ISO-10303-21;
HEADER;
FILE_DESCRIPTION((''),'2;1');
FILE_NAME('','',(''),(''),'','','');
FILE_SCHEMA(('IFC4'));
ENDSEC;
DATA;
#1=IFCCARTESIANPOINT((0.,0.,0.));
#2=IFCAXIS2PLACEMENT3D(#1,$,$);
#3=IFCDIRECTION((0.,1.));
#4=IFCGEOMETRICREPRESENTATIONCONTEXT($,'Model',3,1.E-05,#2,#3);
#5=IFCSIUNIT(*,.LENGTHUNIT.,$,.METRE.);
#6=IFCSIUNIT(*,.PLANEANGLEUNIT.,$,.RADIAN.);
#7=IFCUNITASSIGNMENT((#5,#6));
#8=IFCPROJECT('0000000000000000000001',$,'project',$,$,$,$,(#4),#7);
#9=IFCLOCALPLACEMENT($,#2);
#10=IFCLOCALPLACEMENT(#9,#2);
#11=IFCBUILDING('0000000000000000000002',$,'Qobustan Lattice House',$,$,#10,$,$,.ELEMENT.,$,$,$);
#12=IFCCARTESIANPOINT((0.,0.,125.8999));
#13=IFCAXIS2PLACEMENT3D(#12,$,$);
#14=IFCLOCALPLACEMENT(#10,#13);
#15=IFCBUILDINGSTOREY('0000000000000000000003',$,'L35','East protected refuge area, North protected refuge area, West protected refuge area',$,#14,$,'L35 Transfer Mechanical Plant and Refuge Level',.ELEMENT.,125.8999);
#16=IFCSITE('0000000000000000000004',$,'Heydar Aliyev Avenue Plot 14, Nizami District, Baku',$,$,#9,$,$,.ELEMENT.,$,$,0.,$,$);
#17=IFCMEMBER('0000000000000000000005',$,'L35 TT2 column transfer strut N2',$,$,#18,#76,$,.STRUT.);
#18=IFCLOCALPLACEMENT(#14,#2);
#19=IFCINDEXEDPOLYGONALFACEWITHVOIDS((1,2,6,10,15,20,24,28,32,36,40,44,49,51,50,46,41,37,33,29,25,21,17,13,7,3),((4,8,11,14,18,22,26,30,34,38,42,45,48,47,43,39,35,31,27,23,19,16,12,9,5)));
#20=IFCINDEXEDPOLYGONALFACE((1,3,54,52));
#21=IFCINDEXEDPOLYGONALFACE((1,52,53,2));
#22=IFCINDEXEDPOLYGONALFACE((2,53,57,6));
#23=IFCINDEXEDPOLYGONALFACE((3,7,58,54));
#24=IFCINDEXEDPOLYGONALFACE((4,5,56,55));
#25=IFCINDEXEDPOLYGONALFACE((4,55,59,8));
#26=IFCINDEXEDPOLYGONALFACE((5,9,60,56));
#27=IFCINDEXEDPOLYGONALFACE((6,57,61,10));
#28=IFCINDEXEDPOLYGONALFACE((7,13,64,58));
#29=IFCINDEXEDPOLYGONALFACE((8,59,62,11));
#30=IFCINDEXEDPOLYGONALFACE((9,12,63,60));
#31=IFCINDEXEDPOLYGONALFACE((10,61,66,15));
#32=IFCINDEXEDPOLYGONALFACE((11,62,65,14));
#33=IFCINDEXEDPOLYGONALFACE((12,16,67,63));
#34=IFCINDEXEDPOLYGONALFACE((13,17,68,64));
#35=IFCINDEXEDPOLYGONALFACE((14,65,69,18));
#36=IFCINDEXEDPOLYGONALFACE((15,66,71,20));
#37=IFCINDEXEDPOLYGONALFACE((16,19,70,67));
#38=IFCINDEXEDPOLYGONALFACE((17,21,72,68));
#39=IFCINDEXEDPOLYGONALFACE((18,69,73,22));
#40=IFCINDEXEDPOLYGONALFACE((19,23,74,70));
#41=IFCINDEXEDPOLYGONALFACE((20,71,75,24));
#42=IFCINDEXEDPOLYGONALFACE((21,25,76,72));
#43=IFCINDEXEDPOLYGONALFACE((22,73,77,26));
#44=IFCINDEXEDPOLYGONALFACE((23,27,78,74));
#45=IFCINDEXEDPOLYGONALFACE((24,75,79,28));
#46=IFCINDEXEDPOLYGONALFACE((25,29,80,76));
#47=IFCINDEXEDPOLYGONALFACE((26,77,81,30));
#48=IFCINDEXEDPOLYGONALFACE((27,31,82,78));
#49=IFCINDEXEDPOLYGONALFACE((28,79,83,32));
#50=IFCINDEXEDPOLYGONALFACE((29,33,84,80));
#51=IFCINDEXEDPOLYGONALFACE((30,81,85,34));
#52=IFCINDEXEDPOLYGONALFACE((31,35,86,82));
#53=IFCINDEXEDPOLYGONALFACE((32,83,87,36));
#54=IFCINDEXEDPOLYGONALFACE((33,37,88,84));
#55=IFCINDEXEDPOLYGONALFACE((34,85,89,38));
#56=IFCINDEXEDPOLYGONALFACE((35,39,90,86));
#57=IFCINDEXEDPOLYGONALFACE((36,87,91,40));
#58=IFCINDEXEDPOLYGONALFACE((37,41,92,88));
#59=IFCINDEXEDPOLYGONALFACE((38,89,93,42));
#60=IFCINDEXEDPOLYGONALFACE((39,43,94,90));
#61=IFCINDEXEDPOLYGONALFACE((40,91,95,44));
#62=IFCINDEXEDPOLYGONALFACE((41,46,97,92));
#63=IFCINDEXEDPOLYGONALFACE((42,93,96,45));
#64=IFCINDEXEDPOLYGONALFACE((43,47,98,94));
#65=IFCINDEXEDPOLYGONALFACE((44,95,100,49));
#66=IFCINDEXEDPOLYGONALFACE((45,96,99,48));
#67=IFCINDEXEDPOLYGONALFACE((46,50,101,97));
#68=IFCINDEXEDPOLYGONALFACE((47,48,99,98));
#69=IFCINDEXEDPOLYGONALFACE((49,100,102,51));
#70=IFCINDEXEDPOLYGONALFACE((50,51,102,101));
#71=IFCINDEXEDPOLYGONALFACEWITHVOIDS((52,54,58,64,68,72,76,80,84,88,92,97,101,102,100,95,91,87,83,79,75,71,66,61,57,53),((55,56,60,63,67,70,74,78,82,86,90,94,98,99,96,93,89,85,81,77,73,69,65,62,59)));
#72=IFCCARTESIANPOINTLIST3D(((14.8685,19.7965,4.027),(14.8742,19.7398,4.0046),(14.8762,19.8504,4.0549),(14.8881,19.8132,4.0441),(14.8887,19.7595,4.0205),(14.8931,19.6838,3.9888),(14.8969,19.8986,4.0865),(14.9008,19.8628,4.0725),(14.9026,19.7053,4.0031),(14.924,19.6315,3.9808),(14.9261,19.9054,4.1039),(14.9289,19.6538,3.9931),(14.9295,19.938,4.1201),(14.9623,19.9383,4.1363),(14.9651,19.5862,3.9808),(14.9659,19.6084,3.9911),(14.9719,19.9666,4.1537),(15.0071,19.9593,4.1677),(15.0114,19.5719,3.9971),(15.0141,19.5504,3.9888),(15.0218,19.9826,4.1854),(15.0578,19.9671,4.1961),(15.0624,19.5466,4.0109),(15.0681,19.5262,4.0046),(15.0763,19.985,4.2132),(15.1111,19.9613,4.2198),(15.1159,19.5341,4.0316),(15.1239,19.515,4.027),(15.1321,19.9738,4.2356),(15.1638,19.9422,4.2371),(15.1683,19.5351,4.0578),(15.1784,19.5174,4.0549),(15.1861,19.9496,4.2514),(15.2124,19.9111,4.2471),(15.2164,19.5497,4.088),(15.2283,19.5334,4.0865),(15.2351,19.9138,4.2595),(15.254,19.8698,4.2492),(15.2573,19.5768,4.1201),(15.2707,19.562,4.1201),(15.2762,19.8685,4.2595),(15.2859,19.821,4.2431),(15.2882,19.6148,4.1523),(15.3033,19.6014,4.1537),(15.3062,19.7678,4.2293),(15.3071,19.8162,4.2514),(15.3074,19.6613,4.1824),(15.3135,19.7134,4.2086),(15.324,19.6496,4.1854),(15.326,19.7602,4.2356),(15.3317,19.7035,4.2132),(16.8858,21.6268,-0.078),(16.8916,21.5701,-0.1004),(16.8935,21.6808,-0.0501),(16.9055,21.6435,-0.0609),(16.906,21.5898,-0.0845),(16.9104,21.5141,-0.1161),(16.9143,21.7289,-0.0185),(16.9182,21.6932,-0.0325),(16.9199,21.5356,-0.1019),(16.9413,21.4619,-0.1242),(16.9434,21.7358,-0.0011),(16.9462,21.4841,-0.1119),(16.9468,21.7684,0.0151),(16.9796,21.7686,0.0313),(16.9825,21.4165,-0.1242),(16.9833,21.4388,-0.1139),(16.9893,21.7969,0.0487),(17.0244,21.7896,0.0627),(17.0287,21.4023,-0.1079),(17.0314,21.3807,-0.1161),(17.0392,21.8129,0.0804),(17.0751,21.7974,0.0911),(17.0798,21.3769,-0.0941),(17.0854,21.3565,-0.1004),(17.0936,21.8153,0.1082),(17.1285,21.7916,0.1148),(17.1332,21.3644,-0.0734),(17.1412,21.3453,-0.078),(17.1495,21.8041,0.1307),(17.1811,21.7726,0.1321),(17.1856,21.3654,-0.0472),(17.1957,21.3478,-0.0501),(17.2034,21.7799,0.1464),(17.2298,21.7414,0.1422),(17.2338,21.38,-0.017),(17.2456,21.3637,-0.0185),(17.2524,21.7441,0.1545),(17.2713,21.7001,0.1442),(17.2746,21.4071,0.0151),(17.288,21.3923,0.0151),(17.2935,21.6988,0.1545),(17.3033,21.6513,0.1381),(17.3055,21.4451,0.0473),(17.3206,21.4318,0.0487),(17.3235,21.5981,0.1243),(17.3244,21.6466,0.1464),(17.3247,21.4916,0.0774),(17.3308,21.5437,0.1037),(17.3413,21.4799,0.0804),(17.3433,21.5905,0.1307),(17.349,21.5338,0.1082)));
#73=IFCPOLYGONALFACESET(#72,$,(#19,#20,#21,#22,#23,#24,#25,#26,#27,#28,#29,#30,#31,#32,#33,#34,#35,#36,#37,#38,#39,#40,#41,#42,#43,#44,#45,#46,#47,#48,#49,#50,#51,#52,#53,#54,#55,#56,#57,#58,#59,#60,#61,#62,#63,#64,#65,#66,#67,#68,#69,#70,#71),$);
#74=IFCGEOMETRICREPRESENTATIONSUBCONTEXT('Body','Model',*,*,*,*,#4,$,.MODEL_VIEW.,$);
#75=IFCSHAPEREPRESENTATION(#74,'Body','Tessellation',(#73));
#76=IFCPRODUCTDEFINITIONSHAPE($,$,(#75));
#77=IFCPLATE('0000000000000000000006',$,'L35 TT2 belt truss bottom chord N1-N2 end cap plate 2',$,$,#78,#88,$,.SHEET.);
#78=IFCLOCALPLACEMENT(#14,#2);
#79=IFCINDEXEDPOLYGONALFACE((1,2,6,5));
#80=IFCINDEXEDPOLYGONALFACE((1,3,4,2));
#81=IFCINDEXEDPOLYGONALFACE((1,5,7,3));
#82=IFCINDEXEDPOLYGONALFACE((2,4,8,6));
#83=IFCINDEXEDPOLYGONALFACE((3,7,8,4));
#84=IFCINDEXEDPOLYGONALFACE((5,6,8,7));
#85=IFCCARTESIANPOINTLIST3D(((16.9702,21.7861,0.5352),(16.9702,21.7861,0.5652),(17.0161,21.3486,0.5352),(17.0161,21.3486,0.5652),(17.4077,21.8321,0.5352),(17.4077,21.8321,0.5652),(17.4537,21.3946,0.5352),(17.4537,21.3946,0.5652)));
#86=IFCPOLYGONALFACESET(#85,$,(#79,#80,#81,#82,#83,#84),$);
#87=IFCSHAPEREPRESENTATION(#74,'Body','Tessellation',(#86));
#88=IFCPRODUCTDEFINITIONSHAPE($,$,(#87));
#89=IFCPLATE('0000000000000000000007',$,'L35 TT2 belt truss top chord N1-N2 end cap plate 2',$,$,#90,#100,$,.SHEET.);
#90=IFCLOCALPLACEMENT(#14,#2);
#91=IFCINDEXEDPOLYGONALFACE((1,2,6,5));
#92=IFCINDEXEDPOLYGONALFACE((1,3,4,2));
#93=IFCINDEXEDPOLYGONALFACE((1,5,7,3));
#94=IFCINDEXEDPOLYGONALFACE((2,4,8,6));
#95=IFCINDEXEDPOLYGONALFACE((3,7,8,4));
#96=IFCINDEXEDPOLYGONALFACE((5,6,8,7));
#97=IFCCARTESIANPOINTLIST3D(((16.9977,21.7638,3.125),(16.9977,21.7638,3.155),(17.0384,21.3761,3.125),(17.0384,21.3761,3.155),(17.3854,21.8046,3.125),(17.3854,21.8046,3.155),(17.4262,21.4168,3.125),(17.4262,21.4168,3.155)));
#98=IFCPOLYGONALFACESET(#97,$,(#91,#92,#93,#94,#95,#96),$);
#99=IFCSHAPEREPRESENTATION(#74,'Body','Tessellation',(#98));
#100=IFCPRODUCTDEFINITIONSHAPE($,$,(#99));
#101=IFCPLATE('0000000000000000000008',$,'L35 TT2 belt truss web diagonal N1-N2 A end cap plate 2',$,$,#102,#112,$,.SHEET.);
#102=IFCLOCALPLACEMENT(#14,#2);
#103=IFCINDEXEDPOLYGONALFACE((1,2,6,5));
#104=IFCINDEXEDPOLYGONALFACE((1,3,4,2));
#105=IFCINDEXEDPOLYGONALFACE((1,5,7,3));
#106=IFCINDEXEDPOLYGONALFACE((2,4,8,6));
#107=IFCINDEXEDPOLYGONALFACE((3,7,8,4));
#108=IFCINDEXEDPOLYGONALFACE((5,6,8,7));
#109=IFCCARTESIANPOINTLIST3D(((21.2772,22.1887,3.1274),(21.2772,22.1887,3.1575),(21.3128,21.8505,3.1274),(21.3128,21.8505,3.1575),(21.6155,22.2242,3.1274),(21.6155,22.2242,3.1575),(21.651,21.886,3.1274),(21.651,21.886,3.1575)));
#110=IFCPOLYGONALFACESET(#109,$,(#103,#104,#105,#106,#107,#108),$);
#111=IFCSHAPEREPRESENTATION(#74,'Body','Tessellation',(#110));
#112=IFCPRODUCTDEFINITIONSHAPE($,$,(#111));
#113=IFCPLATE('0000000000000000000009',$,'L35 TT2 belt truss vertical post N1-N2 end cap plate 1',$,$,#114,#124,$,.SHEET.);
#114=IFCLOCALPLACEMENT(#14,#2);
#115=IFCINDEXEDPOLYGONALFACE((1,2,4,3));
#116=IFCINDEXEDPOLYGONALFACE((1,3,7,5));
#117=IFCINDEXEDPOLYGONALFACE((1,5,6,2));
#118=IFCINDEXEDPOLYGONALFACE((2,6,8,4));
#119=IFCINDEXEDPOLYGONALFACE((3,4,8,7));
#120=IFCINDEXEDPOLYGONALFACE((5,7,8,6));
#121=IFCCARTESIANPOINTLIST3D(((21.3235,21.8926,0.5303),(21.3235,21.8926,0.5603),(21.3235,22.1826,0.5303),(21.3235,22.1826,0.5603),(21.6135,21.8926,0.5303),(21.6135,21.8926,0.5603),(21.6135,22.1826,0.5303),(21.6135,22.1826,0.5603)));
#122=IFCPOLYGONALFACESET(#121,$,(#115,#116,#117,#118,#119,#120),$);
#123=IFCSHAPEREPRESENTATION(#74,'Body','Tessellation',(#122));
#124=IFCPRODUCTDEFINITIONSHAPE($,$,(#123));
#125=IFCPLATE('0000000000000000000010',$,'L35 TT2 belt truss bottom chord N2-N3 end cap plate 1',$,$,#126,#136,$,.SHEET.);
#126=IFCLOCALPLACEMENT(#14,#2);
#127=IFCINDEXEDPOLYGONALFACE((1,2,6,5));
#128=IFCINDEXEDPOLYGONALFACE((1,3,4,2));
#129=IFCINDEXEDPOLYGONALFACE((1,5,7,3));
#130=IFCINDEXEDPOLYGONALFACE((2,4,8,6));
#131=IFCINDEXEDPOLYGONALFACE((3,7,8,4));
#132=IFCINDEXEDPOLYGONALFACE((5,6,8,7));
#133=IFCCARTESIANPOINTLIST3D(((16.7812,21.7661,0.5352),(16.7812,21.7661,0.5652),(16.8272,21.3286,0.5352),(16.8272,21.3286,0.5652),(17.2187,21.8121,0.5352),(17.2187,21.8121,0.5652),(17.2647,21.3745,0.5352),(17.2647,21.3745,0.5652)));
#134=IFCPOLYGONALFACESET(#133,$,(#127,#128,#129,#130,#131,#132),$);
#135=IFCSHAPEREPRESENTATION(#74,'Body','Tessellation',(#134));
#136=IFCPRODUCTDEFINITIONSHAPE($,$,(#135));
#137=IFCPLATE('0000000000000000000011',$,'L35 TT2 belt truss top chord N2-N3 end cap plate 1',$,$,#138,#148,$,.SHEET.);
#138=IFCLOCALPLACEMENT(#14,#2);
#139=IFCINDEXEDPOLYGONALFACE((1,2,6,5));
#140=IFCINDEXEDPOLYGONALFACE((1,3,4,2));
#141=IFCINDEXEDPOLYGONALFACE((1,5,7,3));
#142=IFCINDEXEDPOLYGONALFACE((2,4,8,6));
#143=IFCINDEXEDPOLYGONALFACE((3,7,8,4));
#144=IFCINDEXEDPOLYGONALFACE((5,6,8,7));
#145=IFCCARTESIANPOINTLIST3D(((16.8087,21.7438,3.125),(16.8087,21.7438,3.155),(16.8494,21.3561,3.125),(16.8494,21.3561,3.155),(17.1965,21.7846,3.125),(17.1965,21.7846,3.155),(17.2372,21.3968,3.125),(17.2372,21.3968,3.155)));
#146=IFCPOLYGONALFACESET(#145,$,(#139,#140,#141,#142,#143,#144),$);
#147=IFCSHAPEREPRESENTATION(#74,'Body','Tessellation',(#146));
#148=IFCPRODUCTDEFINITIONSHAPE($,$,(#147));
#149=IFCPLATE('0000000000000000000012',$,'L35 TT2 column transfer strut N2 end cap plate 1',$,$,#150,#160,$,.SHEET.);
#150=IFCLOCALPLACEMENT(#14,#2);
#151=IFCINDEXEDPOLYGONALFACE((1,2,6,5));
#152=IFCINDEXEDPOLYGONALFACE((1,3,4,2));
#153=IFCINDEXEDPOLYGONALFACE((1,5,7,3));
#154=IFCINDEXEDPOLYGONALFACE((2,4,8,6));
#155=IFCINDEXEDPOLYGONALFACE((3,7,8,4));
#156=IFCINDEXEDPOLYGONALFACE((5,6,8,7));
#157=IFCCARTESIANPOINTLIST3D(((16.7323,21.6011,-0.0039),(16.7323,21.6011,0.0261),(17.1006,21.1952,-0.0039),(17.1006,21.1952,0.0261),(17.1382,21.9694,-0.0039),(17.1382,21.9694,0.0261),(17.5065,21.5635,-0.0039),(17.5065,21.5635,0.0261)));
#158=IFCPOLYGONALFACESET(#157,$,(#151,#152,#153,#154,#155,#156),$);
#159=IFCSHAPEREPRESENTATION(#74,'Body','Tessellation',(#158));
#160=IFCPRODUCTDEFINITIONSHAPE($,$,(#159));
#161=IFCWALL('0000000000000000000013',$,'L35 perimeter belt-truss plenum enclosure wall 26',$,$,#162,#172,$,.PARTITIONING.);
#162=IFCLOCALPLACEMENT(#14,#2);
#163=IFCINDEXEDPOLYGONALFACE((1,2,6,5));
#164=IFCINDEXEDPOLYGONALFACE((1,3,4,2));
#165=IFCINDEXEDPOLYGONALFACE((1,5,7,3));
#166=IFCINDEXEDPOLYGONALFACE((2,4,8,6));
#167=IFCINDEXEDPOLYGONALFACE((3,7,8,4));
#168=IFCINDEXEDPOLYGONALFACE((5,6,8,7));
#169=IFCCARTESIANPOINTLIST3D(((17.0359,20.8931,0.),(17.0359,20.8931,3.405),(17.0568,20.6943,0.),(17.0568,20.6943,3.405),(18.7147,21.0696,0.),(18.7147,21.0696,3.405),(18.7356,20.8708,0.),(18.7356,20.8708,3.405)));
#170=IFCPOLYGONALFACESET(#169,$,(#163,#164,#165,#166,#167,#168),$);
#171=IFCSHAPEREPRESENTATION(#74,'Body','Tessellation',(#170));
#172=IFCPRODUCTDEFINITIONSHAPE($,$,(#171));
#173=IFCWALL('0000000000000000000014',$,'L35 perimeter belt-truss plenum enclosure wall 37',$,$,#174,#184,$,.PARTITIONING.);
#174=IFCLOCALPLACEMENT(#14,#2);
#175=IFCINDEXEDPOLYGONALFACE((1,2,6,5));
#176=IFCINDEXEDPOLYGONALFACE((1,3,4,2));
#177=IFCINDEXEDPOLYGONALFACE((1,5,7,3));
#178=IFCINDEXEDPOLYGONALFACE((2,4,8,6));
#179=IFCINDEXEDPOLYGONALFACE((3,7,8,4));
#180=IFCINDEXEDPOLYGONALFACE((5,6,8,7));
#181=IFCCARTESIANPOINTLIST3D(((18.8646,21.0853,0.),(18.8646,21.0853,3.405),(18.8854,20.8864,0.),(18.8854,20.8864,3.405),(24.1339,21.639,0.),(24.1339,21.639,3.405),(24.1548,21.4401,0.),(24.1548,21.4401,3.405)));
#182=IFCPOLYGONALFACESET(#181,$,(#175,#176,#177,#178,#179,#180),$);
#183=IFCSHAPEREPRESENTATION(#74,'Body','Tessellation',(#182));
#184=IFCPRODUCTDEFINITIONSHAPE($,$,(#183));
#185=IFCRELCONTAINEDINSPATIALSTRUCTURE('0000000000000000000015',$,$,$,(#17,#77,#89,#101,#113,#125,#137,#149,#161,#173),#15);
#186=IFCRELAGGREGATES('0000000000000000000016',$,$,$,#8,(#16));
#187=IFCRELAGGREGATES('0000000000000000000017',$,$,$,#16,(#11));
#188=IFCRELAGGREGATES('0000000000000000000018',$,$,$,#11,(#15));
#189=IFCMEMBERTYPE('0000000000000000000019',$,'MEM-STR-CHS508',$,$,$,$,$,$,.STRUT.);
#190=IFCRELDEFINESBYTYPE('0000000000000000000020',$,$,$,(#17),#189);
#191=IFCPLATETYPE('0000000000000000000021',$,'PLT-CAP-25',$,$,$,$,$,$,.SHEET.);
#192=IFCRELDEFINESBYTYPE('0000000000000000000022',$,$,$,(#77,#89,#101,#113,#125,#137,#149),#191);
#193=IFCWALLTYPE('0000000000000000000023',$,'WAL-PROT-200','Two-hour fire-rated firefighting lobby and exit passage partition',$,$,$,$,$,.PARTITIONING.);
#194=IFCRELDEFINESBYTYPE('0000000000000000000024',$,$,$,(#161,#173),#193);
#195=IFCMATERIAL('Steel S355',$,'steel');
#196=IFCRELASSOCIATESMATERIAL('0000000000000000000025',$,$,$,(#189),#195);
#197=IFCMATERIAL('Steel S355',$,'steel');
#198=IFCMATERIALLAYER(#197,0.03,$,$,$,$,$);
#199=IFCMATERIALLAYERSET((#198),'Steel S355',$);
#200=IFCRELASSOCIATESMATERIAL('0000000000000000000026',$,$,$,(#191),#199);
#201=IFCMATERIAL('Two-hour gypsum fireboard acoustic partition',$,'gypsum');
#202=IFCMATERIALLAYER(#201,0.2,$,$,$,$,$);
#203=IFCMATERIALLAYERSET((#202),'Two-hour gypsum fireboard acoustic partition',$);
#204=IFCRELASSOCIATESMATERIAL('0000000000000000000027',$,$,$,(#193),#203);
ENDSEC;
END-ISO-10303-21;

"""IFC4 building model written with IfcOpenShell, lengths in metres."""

from ifc_helpers import new_model, si_unit, direction, frame, frame_2d, origin, origin_2d, place, context, subcontext, project, spatial, rectangle, hollow_circle, extrude, material, layer, layer_set, material_profile, profile_set, type_object, element, save


model = new_model("IFC4")

# Units and contexts
model_context = context("Model", 3, precision=1e-05, world=origin(), true_north=direction((0.0, 1.0)))
body_context = subcontext(model_context, "Body", "Model", "MODEL_VIEW")
ifc_project = project(units=[si_unit("LENGTHUNIT", "METRE"), si_unit("PLANEANGLEUNIT", "RADIAN")], contexts=[model_context])

# Site, building, storey
site_placement = place(None, origin())
site = spatial("IfcSite", under=ifc_project, at=site_placement, Name="Heydar Aliyev Avenue Plot 14, Nizami District, Baku", CompositionType="ELEMENT", RefElevation=0.0)
building_placement = place(site_placement, origin())
building = spatial("IfcBuilding", under=site, at=building_placement, Name="Qobustan Lattice House", CompositionType="ELEMENT")
storey_placement = place(building_placement, frame((0.0, 0.0, 125.8999)))
storey = spatial("IfcBuildingStorey", under=building, at=storey_placement, Name="L35", Description="East protected refuge area, North protected refuge area, West protected refuge area", LongName="L35 Transfer Mechanical Plant and Refuge Level", CompositionType="ELEMENT", Elevation=125.8999)

# Member
ifc_material_1 = material(Name="Steel S355", Category="steel")
ifc_material_profile_1 = material_profile(ifc_material_1, hollow_circle(Radius=0.2539, WallThickness=0.02, at=origin_2d()), Name="CHS508x20")
ifc_profile_set_1 = profile_set([ifc_material_profile_1], Name="Steel S355")
member_type_1 = type_object("IfcMemberType", Name="MEM-STR-CHS508", PredefinedType="STRUT", material=ifc_profile_set_1)
member_1_placement = place(storey_placement, frame((17.1174, 21.5803, 0.0151), z_axis=(-0.409485, -0.371525, 0.833242), x_axis=(0.671945, -0.740601, 0.0)))
element("IfcMember", 1, at=member_1_placement, inside=storey, type_object=member_type_1, Name="L35 TT2 column transfer strut N2", PredefinedType="STRUT", context=body_context, shape_type="SweptSolid", body=[
    extrude(hollow_circle(Radius=0.2539, WallThickness=0.02, at=origin_2d()), origin(), (0.0, 0.0, 1.0), 4.9265),
])

# Plates
ifc_material_2 = material(Name="Steel S355", Category="steel")
ifc_layer_1 = layer(ifc_material_2, 0.03)
ifc_layer_set_1 = layer_set([ifc_layer_1], Name="Steel S355")
plate_type = type_object("IfcPlateType", Name="PLT-CAP-25", PredefinedType="SHEET", material=ifc_layer_set_1)
plate_1_placement = place(storey_placement, frame((17.2119, 21.5903, 0.5352), z_axis=(0.0, 0.0, 1.0), x_axis=(-0.994524, -0.104511, 0.0)))
element("IfcPlate", 2, at=plate_1_placement, inside=storey, type_object=plate_type, Name="L35 TT2 belt truss bottom chord N1-N2 end cap plate 2", PredefinedType="SHEET", context=body_context, shape_type="SweptSolid", body=[
    extrude(rectangle(XDim=0.4399, YDim=0.4399, at=origin_2d()), origin(), (0.0, 0.0, 1.0), 0.03),
])
plate_2_placement = place(storey_placement, frame((17.2119, 21.5903, 3.125), z_axis=(0.0, 0.0, 1.0), x_axis=(-0.994524, -0.104511, 0.0)))
element("IfcPlate", 3, at=plate_2_placement, inside=storey, type_object=plate_type, Name="L35 TT2 belt truss top chord N1-N2 end cap plate 2", PredefinedType="SHEET", context=body_context, shape_type="SweptSolid", body=[
    extrude(rectangle(XDim=0.3899, YDim=0.3899, at=origin_2d()), origin(), (0.0, 0.0, 1.0), 0.03),
])
plate_3_placement = place(storey_placement, frame((21.4641, 22.0374, 3.1274), z_axis=(0.0, 0.0, 1.0), x_axis=(-0.994524, -0.104511, 0.0)))
element("IfcPlate", 4, at=plate_3_placement, inside=storey, type_object=plate_type, Name="L35 TT2 belt truss web diagonal N1-N2 A end cap plate 2", PredefinedType="SHEET", context=body_context, shape_type="SweptSolid", body=[
    extrude(rectangle(XDim=0.3401, YDim=0.3401, at=origin_2d()), origin(), (0.0, 0.0, 1.0), 0.03),
])
plate_4_placement = place(storey_placement, frame((21.4685, 22.0376, 0.5303), z_axis=(0.0, 0.0, 1.0), x_axis=(1.0, 0.0, 0.0)))
element("IfcPlate", 5, at=plate_4_placement, inside=storey, type_object=plate_type, Name="L35 TT2 belt truss vertical post N1-N2 end cap plate 1", PredefinedType="SHEET", context=body_context, shape_type="SweptSolid", body=[
    extrude(rectangle(XDim=0.29, YDim=0.29, at=origin_2d()), origin(), (0.0, 0.0, 1.0), 0.03),
])
plate_5_placement = place(storey_placement, frame((17.0229, 21.5703, 0.5352), z_axis=(0.0, 0.0, 1.0), x_axis=(-0.994522, -0.104528, 0.0)))
element("IfcPlate", 6, at=plate_5_placement, inside=storey, type_object=plate_type, Name="L35 TT2 belt truss bottom chord N2-N3 end cap plate 1", PredefinedType="SHEET", context=body_context, shape_type="SweptSolid", body=[
    extrude(rectangle(XDim=0.4399, YDim=0.4399, at=origin_2d()), origin(), (0.0, 0.0, 1.0), 0.03),
])
plate_6_placement = place(storey_placement, frame((17.0229, 21.5703, 3.125), z_axis=(0.0, 0.0, 1.0), x_axis=(-0.994522, -0.104528, 0.0)))
element("IfcPlate", 7, at=plate_6_placement, inside=storey, type_object=plate_type, Name="L35 TT2 belt truss top chord N2-N3 end cap plate 1", PredefinedType="SHEET", context=body_context, shape_type="SweptSolid", body=[
    extrude(rectangle(XDim=0.3899, YDim=0.3899, at=origin_2d()), origin(), (0.0, 0.0, 1.0), 0.03),
])
plate_7_placement = place(storey_placement, frame((17.1194, 21.5823, -0.0039), z_axis=(0.0, 0.0, 1.0), x_axis=(-0.740594, -0.671953, 0.0)))
element("IfcPlate", 8, at=plate_7_placement, inside=storey, type_object=plate_type, Name="L35 TT2 column transfer strut N2 end cap plate 1", PredefinedType="SHEET", context=body_context, shape_type="SweptSolid", body=[
    extrude(rectangle(XDim=0.5481, YDim=0.5481, at=origin_2d()), origin(), (0.0, 0.0, 1.0), 0.03),
])

# Walls
ifc_material_3 = material(Name="Two-hour gypsum fireboard acoustic partition", Category="gypsum")
ifc_layer_2 = layer(ifc_material_3, 0.2)
ifc_layer_set_2 = layer_set([ifc_layer_2], Name="Two-hour gypsum fireboard acoustic partition")
wall_type = type_object("IfcWallType", Name="WAL-PROT-200", Description="Two-hour fire-rated firefighting lobby and exit passage partition", PredefinedType="PARTITIONING", material=ifc_layer_set_2)
wall_1_placement = place(storey_placement, frame((17.0464, 20.7937, 0.0), z_axis=(0.0, 0.0, 1.0), x_axis=(0.994517, 0.104572, 0.0)))
element("IfcWall", 9, at=wall_1_placement, inside=storey, type_object=wall_type, Name="L35 perimeter belt-truss plenum enclosure wall 26", PredefinedType="PARTITIONING", context=body_context, shape_type="SweptSolid", body=[
    extrude(rectangle(XDim=1.688, YDim=0.2, at=frame_2d((0.844, 0.0))), origin(), (0.0, 0.0, 1.0), 3.405),
])
wall_2_placement = place(storey_placement, frame((18.875, 20.9858, 0.0), z_axis=(0.0, 0.0, 1.0), x_axis=(0.994524, 0.104507, 0.0)))
element("IfcWall", 10, at=wall_2_placement, inside=storey, type_object=wall_type, Name="L35 perimeter belt-truss plenum enclosure wall 37", PredefinedType="PARTITIONING", context=body_context, shape_type="SweptSolid", body=[
    extrude(rectangle(XDim=5.2983, YDim=0.2, at=frame_2d((2.6492, 0.0))), origin(), (0.0, 0.0, 1.0), 3.405),
])

save(model, "model.ifc")
